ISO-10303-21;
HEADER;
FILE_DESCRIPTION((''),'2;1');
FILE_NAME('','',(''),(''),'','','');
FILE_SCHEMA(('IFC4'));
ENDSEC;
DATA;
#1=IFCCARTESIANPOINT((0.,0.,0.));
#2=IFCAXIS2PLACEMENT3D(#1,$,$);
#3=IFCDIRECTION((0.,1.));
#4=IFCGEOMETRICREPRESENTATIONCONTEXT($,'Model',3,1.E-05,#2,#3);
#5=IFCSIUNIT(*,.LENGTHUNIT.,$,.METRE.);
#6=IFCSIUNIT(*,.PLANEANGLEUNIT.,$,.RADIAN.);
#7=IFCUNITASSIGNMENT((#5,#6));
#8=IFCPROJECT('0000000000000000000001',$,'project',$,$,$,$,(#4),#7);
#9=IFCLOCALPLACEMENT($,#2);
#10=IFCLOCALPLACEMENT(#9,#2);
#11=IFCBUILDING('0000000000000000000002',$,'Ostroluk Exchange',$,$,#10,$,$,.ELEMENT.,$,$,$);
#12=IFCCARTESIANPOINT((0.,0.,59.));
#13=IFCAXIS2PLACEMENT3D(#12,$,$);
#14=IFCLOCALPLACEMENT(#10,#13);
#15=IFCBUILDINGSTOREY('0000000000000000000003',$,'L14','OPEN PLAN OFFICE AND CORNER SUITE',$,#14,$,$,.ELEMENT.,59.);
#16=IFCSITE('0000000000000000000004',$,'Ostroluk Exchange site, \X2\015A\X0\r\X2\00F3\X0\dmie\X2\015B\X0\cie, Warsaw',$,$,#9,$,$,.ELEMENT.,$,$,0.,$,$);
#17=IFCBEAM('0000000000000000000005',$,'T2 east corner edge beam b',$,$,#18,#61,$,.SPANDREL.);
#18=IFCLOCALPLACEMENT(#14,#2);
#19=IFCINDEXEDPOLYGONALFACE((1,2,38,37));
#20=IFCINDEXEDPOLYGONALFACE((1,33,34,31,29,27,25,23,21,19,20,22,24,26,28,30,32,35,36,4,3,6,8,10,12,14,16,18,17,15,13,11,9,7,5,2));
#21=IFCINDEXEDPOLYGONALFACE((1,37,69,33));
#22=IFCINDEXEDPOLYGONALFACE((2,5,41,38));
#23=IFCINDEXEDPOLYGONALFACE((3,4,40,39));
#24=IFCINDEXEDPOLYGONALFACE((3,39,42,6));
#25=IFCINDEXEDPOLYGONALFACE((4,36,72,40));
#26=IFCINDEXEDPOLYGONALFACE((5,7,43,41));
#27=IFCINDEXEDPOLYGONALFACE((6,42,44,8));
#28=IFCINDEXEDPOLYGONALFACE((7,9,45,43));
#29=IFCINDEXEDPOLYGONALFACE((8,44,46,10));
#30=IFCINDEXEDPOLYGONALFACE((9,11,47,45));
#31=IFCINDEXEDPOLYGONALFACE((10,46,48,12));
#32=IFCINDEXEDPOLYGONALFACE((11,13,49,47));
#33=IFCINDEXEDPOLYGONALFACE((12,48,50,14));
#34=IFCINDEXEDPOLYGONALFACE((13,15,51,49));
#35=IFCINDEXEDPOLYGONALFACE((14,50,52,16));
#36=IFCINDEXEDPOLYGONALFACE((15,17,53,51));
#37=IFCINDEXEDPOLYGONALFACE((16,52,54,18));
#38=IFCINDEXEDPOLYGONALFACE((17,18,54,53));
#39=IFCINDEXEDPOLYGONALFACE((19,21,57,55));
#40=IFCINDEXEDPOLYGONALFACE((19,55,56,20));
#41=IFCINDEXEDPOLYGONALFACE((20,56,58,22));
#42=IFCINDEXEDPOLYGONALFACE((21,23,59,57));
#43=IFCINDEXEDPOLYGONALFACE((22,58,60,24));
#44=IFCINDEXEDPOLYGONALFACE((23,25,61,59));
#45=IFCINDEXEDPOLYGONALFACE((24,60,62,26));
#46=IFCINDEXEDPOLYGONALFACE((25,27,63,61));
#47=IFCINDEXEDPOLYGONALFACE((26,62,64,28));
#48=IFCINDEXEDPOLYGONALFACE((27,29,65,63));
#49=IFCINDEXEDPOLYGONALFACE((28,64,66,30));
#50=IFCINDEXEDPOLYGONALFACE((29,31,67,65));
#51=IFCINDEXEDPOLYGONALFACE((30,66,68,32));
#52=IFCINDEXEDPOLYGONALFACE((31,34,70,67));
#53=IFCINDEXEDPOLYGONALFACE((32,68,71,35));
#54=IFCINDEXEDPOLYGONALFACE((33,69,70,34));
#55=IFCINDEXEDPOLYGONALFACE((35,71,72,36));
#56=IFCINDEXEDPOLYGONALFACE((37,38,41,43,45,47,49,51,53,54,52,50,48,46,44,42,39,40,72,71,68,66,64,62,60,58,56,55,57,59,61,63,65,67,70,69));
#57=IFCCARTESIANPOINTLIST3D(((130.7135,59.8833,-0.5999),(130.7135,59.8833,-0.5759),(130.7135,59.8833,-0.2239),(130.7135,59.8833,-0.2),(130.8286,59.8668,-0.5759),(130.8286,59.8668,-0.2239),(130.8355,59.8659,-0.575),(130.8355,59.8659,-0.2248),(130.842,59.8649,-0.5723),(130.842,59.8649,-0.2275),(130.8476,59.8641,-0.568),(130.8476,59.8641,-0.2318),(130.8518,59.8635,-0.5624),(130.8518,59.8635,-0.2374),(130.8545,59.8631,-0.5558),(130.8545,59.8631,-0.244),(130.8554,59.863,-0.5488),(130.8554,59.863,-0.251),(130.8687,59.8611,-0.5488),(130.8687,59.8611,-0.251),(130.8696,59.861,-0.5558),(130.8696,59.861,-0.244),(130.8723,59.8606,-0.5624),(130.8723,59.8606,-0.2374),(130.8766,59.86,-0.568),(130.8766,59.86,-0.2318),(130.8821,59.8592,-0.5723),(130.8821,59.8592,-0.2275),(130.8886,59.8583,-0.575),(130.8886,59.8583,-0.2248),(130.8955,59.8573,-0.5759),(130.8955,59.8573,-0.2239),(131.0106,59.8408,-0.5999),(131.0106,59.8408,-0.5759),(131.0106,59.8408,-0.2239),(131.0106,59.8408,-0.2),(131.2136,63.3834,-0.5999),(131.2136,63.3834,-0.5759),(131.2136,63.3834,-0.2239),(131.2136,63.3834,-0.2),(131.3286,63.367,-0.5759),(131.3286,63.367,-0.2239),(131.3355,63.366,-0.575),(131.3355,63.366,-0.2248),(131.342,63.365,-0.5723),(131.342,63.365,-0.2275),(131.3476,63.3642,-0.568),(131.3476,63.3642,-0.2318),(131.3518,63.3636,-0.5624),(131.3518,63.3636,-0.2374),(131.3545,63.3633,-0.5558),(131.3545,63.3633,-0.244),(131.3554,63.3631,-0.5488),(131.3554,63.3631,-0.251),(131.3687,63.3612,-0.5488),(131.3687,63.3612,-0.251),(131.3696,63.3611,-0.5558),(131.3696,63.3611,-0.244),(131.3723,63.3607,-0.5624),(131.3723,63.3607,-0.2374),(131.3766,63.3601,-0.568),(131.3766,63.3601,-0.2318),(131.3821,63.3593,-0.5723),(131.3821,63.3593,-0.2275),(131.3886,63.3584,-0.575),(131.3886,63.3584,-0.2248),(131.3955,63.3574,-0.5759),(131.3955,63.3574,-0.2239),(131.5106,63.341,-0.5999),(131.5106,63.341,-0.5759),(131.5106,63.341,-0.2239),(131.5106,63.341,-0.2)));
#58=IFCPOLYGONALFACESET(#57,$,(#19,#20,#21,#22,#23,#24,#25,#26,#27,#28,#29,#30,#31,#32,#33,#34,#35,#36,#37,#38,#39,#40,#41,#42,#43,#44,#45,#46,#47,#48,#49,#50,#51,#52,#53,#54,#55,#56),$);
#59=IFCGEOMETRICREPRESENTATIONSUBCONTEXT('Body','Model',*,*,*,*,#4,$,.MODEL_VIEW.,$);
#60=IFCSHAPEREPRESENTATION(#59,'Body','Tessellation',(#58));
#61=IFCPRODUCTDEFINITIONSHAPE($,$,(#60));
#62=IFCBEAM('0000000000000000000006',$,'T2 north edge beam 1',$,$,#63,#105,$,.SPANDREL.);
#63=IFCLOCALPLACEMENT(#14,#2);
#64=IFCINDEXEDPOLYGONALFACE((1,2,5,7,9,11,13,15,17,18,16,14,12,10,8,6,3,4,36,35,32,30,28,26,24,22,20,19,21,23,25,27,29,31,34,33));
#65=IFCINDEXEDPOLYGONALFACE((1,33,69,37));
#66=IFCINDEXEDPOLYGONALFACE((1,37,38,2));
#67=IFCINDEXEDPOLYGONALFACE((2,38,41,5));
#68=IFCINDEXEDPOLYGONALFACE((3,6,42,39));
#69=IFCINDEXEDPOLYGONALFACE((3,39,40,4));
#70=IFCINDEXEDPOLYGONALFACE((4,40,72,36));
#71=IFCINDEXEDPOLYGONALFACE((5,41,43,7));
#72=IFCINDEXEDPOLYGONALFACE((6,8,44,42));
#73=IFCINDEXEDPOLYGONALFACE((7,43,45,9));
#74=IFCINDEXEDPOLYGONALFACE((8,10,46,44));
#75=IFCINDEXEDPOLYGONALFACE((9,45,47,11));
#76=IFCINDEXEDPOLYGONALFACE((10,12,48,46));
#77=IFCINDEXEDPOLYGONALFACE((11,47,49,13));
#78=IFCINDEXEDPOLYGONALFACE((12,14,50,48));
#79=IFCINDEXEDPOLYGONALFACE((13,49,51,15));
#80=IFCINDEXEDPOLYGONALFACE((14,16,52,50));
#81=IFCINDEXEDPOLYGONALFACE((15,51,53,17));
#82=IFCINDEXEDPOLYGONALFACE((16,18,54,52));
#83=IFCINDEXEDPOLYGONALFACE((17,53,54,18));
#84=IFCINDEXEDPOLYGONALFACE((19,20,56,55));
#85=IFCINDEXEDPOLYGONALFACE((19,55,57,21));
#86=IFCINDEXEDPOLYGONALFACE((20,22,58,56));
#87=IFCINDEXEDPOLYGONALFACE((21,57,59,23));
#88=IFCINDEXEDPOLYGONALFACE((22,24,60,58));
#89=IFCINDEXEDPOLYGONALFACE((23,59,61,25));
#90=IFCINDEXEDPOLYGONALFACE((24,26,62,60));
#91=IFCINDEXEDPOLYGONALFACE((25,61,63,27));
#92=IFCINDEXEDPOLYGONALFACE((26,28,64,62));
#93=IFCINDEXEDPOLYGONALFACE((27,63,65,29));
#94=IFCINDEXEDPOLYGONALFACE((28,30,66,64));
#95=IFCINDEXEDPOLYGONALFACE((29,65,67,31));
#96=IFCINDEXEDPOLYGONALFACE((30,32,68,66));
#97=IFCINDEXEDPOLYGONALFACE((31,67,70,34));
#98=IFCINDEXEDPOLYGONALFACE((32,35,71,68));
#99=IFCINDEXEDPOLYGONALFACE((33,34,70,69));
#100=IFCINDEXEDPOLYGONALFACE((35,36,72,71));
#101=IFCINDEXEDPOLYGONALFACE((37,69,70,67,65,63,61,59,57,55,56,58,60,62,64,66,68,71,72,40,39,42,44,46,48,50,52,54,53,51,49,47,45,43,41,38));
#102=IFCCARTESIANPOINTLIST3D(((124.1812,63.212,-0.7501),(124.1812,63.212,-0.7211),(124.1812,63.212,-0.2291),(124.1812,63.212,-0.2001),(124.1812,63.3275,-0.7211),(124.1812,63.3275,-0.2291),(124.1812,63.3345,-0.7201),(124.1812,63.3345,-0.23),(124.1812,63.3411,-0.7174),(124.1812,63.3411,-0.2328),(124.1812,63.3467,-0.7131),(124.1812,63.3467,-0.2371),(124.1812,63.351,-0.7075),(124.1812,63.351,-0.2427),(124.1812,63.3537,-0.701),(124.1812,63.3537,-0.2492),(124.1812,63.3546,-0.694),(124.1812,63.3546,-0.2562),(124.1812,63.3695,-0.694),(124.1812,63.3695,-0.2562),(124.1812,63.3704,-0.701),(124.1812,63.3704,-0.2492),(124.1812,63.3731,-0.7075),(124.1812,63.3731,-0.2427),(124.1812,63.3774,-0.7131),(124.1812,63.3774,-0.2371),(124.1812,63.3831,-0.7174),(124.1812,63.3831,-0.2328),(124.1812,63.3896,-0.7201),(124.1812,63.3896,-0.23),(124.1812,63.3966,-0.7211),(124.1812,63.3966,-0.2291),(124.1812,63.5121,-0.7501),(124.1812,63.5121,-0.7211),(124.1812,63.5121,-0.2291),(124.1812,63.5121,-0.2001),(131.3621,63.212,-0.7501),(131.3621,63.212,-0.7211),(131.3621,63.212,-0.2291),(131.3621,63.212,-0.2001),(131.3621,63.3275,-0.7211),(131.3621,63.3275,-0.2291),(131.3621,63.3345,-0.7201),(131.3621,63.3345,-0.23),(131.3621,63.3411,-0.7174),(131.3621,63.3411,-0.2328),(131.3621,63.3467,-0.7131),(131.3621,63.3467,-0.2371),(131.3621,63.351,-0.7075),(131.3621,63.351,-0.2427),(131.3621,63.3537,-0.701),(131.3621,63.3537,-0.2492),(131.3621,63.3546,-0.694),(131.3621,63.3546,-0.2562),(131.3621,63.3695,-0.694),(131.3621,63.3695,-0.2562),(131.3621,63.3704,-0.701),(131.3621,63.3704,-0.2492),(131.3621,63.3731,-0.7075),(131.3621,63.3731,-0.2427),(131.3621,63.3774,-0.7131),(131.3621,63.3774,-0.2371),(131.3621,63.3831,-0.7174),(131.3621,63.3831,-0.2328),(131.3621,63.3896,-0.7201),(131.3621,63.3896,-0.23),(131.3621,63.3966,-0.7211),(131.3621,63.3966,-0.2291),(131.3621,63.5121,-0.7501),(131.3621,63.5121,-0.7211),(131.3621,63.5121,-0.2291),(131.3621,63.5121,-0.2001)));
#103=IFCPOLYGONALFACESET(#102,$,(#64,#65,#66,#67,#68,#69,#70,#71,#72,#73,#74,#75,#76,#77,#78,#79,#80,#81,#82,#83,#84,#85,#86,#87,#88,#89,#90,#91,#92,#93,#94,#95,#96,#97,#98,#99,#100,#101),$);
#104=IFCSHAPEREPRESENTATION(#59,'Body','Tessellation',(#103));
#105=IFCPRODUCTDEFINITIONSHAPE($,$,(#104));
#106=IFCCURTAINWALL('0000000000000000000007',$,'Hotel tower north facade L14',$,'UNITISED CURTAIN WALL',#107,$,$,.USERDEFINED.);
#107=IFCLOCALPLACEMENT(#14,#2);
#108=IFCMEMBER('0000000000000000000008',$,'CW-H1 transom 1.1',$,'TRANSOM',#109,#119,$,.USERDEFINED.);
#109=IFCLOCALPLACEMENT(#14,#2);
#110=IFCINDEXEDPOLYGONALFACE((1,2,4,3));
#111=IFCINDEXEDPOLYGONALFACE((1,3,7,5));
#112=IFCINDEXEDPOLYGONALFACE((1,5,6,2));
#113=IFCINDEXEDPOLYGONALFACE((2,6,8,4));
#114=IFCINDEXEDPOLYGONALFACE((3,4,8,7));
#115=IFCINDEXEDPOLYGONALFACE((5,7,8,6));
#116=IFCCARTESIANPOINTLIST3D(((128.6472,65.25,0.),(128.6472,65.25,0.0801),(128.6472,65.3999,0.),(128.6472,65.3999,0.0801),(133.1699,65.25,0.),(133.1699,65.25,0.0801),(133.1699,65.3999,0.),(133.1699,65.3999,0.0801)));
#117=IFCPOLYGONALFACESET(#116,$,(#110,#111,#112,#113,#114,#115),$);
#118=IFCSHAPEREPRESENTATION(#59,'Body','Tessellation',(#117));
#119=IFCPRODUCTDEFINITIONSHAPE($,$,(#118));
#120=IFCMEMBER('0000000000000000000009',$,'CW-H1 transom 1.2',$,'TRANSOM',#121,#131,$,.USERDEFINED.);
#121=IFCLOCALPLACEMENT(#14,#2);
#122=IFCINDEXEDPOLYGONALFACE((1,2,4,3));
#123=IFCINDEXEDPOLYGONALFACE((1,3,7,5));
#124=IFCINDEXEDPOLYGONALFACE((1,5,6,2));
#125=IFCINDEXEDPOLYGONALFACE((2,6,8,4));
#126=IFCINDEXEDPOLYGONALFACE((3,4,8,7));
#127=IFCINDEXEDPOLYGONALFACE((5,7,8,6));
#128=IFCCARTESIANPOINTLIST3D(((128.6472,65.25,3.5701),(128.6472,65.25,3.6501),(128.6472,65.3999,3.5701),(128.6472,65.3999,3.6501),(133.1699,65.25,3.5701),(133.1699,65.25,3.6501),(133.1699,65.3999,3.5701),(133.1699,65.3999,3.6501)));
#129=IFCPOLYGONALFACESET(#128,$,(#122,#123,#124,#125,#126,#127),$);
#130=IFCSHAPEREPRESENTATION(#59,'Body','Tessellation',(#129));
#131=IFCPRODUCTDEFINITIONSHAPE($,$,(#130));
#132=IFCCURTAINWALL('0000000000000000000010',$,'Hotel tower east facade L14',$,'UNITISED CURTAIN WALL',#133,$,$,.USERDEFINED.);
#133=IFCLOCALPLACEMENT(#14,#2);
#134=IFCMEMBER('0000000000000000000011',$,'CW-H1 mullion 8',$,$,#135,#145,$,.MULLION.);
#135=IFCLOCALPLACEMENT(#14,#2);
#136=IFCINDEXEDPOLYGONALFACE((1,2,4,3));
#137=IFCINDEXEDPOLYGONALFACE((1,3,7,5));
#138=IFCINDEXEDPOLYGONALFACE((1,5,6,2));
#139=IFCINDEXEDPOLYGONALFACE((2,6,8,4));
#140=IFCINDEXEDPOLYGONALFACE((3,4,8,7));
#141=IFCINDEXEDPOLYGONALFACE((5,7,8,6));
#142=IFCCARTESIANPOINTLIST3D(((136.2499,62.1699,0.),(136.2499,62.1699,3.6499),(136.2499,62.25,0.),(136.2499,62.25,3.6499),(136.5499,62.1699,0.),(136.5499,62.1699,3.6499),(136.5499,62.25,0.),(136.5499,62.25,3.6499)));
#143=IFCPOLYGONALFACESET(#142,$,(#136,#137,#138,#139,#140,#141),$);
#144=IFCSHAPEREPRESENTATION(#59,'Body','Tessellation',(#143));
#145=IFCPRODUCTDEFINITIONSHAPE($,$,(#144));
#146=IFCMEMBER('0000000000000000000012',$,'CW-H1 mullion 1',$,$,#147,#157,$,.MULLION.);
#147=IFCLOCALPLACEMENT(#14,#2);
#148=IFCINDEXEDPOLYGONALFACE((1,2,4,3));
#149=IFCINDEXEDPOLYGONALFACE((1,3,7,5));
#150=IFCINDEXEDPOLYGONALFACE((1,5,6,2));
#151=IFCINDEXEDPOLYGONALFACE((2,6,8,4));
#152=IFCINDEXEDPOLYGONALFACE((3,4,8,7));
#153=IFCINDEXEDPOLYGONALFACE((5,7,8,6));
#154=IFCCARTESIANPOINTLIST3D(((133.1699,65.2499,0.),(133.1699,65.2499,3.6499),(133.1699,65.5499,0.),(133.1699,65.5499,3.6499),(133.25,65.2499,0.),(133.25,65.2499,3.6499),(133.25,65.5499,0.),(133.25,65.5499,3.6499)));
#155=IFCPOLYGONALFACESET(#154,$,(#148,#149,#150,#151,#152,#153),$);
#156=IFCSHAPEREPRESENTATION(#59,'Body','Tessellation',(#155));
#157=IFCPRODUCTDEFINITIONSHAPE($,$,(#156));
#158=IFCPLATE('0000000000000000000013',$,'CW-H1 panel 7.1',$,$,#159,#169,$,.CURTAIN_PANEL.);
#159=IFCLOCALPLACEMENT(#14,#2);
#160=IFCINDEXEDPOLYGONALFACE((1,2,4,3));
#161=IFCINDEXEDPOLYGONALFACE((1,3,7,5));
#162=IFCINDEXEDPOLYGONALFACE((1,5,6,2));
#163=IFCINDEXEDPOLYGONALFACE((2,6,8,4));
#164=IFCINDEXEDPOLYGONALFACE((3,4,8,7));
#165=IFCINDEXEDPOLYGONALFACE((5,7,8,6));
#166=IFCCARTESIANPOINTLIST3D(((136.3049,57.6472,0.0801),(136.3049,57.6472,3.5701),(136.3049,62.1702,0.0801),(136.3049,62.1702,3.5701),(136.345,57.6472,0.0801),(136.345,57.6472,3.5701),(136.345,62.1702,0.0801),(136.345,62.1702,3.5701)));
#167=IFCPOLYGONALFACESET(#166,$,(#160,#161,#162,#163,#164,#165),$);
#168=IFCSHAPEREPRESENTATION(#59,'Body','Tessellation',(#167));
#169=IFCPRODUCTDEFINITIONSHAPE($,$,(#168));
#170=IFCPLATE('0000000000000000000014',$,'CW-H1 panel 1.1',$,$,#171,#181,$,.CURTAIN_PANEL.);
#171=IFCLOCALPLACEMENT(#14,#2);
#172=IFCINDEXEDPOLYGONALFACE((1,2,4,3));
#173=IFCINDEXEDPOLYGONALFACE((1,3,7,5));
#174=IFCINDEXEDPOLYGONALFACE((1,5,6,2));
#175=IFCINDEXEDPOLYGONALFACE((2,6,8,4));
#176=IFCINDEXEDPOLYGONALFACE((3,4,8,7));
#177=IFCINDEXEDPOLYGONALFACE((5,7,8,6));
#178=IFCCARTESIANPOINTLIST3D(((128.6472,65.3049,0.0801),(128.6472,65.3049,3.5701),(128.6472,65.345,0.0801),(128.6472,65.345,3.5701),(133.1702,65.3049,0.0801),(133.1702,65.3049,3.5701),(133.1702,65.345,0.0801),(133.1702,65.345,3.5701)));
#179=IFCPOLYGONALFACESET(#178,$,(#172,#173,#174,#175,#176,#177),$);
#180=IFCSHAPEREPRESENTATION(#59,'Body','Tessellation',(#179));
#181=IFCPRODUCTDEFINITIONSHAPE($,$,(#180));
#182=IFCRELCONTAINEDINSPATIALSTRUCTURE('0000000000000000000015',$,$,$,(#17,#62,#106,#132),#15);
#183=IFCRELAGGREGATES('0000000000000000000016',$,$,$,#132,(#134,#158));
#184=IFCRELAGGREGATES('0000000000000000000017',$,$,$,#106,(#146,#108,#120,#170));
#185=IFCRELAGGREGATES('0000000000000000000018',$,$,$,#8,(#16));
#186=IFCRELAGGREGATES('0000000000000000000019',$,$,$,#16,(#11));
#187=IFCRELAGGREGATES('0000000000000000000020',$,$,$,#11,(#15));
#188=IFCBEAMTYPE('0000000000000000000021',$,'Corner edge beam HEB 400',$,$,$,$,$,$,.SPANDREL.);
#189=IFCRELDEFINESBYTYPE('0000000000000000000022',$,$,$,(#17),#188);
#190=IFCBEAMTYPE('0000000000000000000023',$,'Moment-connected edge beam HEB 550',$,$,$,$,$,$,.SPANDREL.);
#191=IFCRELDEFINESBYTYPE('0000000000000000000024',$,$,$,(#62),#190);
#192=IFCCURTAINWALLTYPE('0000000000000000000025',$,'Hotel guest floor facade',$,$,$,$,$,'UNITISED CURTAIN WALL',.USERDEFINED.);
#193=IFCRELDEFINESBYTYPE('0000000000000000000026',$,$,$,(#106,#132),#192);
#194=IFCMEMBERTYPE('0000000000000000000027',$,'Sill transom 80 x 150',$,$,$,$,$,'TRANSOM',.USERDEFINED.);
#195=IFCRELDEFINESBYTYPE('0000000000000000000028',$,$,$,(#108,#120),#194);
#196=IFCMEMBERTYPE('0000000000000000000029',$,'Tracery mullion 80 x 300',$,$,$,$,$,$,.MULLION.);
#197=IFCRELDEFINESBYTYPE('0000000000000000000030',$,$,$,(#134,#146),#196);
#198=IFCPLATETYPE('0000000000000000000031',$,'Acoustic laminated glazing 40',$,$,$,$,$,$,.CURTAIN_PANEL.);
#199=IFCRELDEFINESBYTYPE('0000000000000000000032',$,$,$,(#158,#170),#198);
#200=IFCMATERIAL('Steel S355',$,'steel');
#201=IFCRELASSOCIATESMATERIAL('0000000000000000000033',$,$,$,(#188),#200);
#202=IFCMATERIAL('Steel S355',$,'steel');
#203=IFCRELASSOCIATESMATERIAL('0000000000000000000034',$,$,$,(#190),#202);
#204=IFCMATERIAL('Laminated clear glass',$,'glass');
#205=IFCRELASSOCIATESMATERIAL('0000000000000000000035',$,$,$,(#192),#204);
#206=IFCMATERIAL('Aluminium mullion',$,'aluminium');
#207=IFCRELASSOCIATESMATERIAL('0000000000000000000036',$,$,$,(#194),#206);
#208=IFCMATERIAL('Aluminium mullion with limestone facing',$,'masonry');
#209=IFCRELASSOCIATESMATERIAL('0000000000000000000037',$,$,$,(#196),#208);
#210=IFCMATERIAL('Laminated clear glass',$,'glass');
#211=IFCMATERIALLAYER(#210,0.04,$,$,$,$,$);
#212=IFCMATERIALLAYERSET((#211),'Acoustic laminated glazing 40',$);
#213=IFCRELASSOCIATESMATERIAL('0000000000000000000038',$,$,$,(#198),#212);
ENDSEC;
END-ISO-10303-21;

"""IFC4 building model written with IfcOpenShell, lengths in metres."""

from ifc_helpers import new_model, si_unit, direction, frame, origin, origin_2d, place, context, subcontext, project, spatial, rectangle, i_section, extrude, material, layer, layer_set, material_profile, profile_set, type_object, element, aggregate, save


model = new_model("IFC4")

# Units and contexts
model_context = context("Model", 3, precision=1e-05, world=origin(), true_north=direction((0.0, 1.0)))
body_context = subcontext(model_context, "Body", "Model", "MODEL_VIEW")
ifc_project = project(units=[si_unit("LENGTHUNIT", "METRE"), si_unit("PLANEANGLEUNIT", "RADIAN")], contexts=[model_context])

# Site, building, storey
site_placement = place(None, origin())
site = spatial("IfcSite", under=ifc_project, at=site_placement, Name="Ostroluk Exchange site, Śródmieście, Warsaw", CompositionType="ELEMENT", RefElevation=0.0)
building_placement = place(site_placement, origin())
building = spatial("IfcBuilding", under=site, at=building_placement, Name="Ostroluk Exchange", CompositionType="ELEMENT")
storey_placement = place(building_placement, frame((0.0, 0.0, 59.0)))
storey = spatial("IfcBuildingStorey", under=building, at=storey_placement, Name="L14", Description="OPEN PLAN OFFICE AND CORNER SUITE", CompositionType="ELEMENT", Elevation=59.0)

# Beams
ifc_material_1 = material(Name="Steel S355", Category="steel")
ifc_material_profile_1 = material_profile(ifc_material_1, i_section(OverallWidth=0.3, OverallDepth=0.3999, WebThickness=0.0134, FlangeThickness=0.0239, FilletRadius=0.0271, at=origin_2d()), Name="HEB 400")
ifc_profile_set_1 = profile_set([ifc_material_profile_1], Name="Steel S355")
beam_type_1 = type_object("IfcBeamType", Name="Corner edge beam HEB 400", PredefinedType="SPANDREL", material=ifc_profile_set_1)
for number, where, z_axis, x_axis, name in (
    (1, (130.8621, 59.8621, -0.3999), (0.141421, 0.989949, 0.0), (-0.989949, 0.141421, 0.0), "T2 east corner edge beam b"),
):
    element("IfcBeam", number, at=place(storey_placement, frame(where, z_axis=z_axis, x_axis=x_axis)), inside=storey, type_object=beam_type_1, Name=name, PredefinedType="SPANDREL", context=body_context, shape_type="SweptSolid", body=[
        extrude(i_section(OverallWidth=0.3, OverallDepth=0.3999, WebThickness=0.0134, FlangeThickness=0.0239, FilletRadius=0.0271, at=origin_2d()), origin(), (0.0, 0.0, 1.0), 3.5356),
    ])
ifc_material_2 = material(Name="Steel S355", Category="steel")
ifc_material_profile_2 = material_profile(ifc_material_2, i_section(OverallWidth=0.3, OverallDepth=0.55, WebThickness=0.0149, FlangeThickness=0.0291, FilletRadius=0.0271, at=origin_2d()), Name="HEB 550")
ifc_profile_set_2 = profile_set([ifc_material_profile_2], Name="Steel S355")
beam_type_2 = type_object("IfcBeamType", Name="Moment-connected edge beam HEB 550", PredefinedType="SPANDREL", material=ifc_profile_set_2)
beam_1_placement = place(storey_placement, frame((131.3621, 63.3621, -0.4751), z_axis=(-1.0, 0.0, 0.0), x_axis=(0.0, -1.0, 0.0)))
element("IfcBeam", 2, at=beam_1_placement, inside=storey, type_object=beam_type_2, Name="T2 north edge beam 1", PredefinedType="SPANDREL", context=body_context, shape_type="SweptSolid", body=[
    extrude(i_section(OverallWidth=0.3, OverallDepth=0.55, WebThickness=0.0149, FlangeThickness=0.0291, FilletRadius=0.0271, at=origin_2d()), origin(), (0.0, 0.0, 1.0), 7.1809),
])

# Curtain wall, members
ifc_material_3 = material(Name="Laminated clear glass", Category="glass")
curtain_wall_type = type_object("IfcCurtainWallType", Name="Hotel guest floor facade", ElementType="UNITISED CURTAIN WALL", PredefinedType="USERDEFINED", material=ifc_material_3)
curtain_wall_1_placement = place(storey_placement, origin())
curtain_wall_1 = element("IfcCurtainWall", 3, at=curtain_wall_1_placement, inside=storey, type_object=curtain_wall_type, Name="Hotel tower north facade L14", ObjectType="UNITISED CURTAIN WALL", PredefinedType="USERDEFINED")
ifc_material_4 = material(Name="Aluminium mullion", Category="aluminium")
ifc_material_profile_3 = material_profile(ifc_material_4, rectangle(XDim=0.1499, YDim=0.0801, at=origin_2d()), Name="Sill transom 80 x 150")
ifc_profile_set_3 = profile_set([ifc_material_profile_3], Name="Aluminium mullion")
member_type_1 = type_object("IfcMemberType", Name="Sill transom 80 x 150", ElementType="TRANSOM", PredefinedType="USERDEFINED", material=ifc_profile_set_3)
member_1_placement = place(storey_placement, frame((133.1699, 65.325, 0.04), z_axis=(-1.0, 0.0, 0.0), x_axis=(0.0, -1.0, 0.0)))
member_1 = element("IfcMember", 4, at=member_1_placement, type_object=member_type_1, Name="CW-H1 transom 1.1", ObjectType="TRANSOM", PredefinedType="USERDEFINED", context=body_context, shape_type="SweptSolid", body=[
    extrude(rectangle(XDim=0.1499, YDim=0.0801, at=origin_2d()), origin(), (0.0, 0.0, 1.0), 4.5227),
])
member_2_placement = place(storey_placement, frame((133.1699, 65.325, 3.6101), z_axis=(-1.0, 0.0, 0.0), x_axis=(0.0, -1.0, 0.0)))
member_2 = element("IfcMember", 5, at=member_2_placement, type_object=member_type_1, Name="CW-H1 transom 1.2", ObjectType="TRANSOM", PredefinedType="USERDEFINED", context=body_context, shape_type="SweptSolid", body=[
    extrude(rectangle(XDim=0.1499, YDim=0.0801, at=origin_2d()), origin(), (0.0, 0.0, 1.0), 4.5227),
])

# Curtain wall, member
curtain_wall_2_placement = place(storey_placement, origin())
curtain_wall_2 = element("IfcCurtainWall", 6, at=curtain_wall_2_placement, inside=storey, type_object=curtain_wall_type, Name="Hotel tower east facade L14", ObjectType="UNITISED CURTAIN WALL", PredefinedType="USERDEFINED")
ifc_material_5 = material(Name="Aluminium mullion with limestone facing", Category="masonry")
ifc_material_profile_4 = material_profile(ifc_material_5, rectangle(XDim=0.3, YDim=0.0801, at=origin_2d()), Name="Tracery mullion 80 x 300")
ifc_profile_set_4 = profile_set([ifc_material_profile_4], Name="Aluminium mullion with limestone facing")
member_type_2 = type_object("IfcMemberType", Name="Tracery mullion 80 x 300", PredefinedType="MULLION", material=ifc_profile_set_4)
member_3_placement = place(storey_placement, frame((136.3999, 62.21, 0.0), z_axis=(0.0, 0.0, 1.0), x_axis=(-1.0, 0.0, 0.0)))
member_3 = element("IfcMember", 7, at=member_3_placement, type_object=member_type_2, Name="CW-H1 mullion 8", PredefinedType="MULLION", context=body_context, shape_type="SweptSolid", body=[
    extrude(rectangle(XDim=0.3, YDim=0.0801, at=origin_2d()), origin(), (0.0, 0.0, 1.0), 3.6499),
])

# Member
member_4_placement = place(storey_placement, frame((133.21, 65.3999, 0.0), z_axis=(0.0, 0.0, 1.0), x_axis=(0.0, -1.0, 0.0)))
member_4 = element("IfcMember", 8, at=member_4_placement, type_object=member_type_2, Name="CW-H1 mullion 1", PredefinedType="MULLION", context=body_context, shape_type="SweptSolid", body=[
    extrude(rectangle(XDim=0.3, YDim=0.0801, at=origin_2d()), origin(), (0.0, 0.0, 1.0), 3.6499),
])

# Plates
ifc_material_6 = material(Name="Laminated clear glass", Category="glass")
ifc_layer_1 = layer(ifc_material_6, 0.04)
ifc_layer_set_1 = layer_set([ifc_layer_1], Name="Acoustic laminated glazing 40")
plate_type_1 = type_object("IfcPlateType", Name="Acoustic laminated glazing 40", PredefinedType="CURTAIN_PANEL", material=ifc_layer_set_1)
plate_1_placement = place(storey_placement, frame((136.325, 59.9087, 0.0801), z_axis=(0.0, 0.0, 1.0), x_axis=(0.0, 1.0, 0.0)))
plate_1 = element("IfcPlate", 9, at=plate_1_placement, type_object=plate_type_1, Name="CW-H1 panel 7.1", PredefinedType="CURTAIN_PANEL", context=body_context, shape_type="SweptSolid", body=[
    extrude(rectangle(XDim=4.5229, YDim=0.04, at=origin_2d()), origin(), (0.0, 0.0, 1.0), 3.49),
])
aggregate(curtain_wall_2, [member_3, plate_1])
plate_2_placement = place(storey_placement, frame((130.9087, 65.325, 0.0801), z_axis=(0.0, 0.0, 1.0), x_axis=(-1.0, 0.0, 0.0)))
plate_2 = element("IfcPlate", 10, at=plate_2_placement, type_object=plate_type_1, Name="CW-H1 panel 1.1", PredefinedType="CURTAIN_PANEL", context=body_context, shape_type="SweptSolid", body=[
    extrude(rectangle(XDim=4.5229, YDim=0.04, at=origin_2d()), origin(), (0.0, 0.0, 1.0), 3.49),
])
aggregate(curtain_wall_1, [member_4, member_1, member_2, plate_2])

save(model, "model.ifc")
